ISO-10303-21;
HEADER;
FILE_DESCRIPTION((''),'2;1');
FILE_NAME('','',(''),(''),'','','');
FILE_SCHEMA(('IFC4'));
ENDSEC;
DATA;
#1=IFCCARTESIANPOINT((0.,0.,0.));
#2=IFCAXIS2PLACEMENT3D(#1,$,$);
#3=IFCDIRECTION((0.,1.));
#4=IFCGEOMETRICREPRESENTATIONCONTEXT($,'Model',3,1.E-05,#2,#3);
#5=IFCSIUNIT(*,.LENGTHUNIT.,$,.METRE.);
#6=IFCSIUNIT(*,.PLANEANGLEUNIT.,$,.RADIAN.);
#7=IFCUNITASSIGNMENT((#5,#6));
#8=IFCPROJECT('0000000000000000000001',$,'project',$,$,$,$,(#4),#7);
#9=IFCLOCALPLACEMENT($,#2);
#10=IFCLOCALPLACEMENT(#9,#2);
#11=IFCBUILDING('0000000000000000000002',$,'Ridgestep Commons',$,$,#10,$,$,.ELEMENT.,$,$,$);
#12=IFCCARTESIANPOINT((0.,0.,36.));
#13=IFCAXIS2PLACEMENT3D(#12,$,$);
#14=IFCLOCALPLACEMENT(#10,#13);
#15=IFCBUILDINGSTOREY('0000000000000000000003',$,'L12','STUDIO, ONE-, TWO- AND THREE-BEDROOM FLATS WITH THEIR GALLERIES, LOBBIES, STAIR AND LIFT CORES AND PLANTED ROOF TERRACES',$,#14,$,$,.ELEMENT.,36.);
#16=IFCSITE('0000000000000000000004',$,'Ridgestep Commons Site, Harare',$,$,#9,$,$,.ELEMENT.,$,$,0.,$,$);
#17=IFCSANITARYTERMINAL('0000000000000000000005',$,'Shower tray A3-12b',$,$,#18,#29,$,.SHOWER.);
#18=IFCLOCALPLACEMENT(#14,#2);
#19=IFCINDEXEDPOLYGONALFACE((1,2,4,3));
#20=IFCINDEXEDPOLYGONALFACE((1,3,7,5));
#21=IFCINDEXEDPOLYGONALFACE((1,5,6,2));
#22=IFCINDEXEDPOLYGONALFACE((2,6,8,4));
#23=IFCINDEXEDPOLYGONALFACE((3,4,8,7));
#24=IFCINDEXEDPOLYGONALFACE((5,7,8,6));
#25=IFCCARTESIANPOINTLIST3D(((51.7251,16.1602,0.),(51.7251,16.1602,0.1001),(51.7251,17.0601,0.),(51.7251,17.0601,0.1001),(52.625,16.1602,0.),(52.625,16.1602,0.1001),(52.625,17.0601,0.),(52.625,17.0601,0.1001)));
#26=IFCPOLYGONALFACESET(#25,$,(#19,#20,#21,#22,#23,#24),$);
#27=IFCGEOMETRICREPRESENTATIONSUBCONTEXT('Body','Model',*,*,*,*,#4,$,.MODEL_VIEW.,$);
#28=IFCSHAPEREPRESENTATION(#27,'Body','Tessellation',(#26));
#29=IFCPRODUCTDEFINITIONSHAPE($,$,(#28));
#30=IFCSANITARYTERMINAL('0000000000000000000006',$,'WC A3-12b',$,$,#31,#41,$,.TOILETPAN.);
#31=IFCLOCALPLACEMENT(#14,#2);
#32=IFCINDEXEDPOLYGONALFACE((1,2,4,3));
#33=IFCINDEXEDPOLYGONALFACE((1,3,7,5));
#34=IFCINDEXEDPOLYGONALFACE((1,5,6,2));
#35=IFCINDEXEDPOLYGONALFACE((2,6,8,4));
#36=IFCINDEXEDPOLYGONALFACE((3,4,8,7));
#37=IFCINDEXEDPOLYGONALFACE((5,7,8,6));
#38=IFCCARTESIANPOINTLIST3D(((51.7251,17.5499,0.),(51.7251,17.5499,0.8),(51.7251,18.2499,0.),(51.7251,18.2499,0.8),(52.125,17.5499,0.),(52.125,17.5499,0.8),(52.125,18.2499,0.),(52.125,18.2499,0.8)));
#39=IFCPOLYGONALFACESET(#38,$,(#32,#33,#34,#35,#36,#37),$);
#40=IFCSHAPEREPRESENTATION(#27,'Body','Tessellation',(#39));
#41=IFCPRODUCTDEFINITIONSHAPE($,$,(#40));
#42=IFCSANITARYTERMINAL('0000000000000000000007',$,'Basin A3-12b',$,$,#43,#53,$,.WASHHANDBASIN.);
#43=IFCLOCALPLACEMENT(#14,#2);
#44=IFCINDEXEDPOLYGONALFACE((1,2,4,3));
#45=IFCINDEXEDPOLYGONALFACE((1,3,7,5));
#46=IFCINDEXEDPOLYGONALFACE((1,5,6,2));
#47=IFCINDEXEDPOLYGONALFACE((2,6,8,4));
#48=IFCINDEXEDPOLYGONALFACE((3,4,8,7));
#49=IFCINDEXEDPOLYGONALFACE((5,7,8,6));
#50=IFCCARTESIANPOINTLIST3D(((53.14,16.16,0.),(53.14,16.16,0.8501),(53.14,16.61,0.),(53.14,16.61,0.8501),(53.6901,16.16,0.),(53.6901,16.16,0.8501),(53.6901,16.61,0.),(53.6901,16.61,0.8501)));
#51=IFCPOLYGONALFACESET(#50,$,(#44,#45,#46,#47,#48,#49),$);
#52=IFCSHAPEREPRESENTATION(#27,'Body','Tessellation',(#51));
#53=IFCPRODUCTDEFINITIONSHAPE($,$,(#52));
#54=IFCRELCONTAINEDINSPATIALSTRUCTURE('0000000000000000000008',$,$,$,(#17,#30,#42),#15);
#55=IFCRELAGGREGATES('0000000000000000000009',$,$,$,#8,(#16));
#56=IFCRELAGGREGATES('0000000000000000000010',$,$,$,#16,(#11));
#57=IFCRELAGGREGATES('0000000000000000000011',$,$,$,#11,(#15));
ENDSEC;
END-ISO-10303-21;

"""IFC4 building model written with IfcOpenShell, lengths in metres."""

from ifc_helpers import new_model, si_unit, direction, frame, origin, origin_2d, place, context, subcontext, project, spatial, rectangle, extrude, element, save


model = new_model("IFC4")

# Units and contexts
model_context = context("Model", 3, precision=1e-05, world=origin(), true_north=direction((0.0, 1.0)))
body_context = subcontext(model_context, "Body", "Model", "MODEL_VIEW")
ifc_project = project(units=[si_unit("LENGTHUNIT", "METRE"), si_unit("PLANEANGLEUNIT", "RADIAN")], contexts=[model_context])

# Site, building, storey
site_placement = place(None, origin())
site = spatial("IfcSite", under=ifc_project, at=site_placement, Name="Ridgestep Commons Site, Harare", CompositionType="ELEMENT", RefElevation=0.0)
building_placement = place(site_placement, origin())
building = spatial("IfcBuilding", under=site, at=building_placement, Name="Ridgestep Commons", CompositionType="ELEMENT")
storey_placement = place(building_placement, frame((0.0, 0.0, 36.0)))
storey = spatial("IfcBuildingStorey", under=building, at=storey_placement, Name="L12", Description="STUDIO, ONE-, TWO- AND THREE-BEDROOM FLATS WITH THEIR GALLERIES, LOBBIES, STAIR AND LIFT CORES AND PLANTED ROOF TERRACES", CompositionType="ELEMENT", Elevation=36.0)

# Sanitary terminals
sanitary_terminal_1_placement = place(storey_placement, frame((52.175, 16.6101, 0.0), z_axis=(0.0, 0.0, 1.0), x_axis=(1.0, 0.0, 0.0)))
element("IfcSanitaryTerminal", 1, at=sanitary_terminal_1_placement, inside=storey, Name="Shower tray A3-12b", PredefinedType="SHOWER", context=body_context, shape_type="SweptSolid", body=[
    extrude(rectangle(XDim=0.8999, YDim=0.8999, at=origin_2d()), origin(), (0.0, 0.0, 1.0), 0.1001),
])
sanitary_terminal_2_placement = place(storey_placement, frame((51.925, 17.8999, 0.0), z_axis=(0.0, 0.0, 1.0), x_axis=(1.0, 0.0, 0.0)))
element("IfcSanitaryTerminal", 2, at=sanitary_terminal_2_placement, inside=storey, Name="WC A3-12b", PredefinedType="TOILETPAN", context=body_context, shape_type="SweptSolid", body=[
    extrude(rectangle(XDim=0.3999, YDim=0.7, at=origin_2d()), origin(), (0.0, 0.0, 1.0), 0.8),
])
sanitary_terminal_3_placement = place(storey_placement, frame((53.415, 16.385, 0.0), z_axis=(0.0, 0.0, 1.0), x_axis=(1.0, 0.0, 0.0)))
element("IfcSanitaryTerminal", 3, at=sanitary_terminal_3_placement, inside=storey, Name="Basin A3-12b", PredefinedType="WASHHANDBASIN", context=body_context, shape_type="SweptSolid", body=[
    extrude(rectangle(XDim=0.55, YDim=0.45, at=origin_2d()), origin(), (0.0, 0.0, 1.0), 0.8501),
])

save(model, "model.ifc")
